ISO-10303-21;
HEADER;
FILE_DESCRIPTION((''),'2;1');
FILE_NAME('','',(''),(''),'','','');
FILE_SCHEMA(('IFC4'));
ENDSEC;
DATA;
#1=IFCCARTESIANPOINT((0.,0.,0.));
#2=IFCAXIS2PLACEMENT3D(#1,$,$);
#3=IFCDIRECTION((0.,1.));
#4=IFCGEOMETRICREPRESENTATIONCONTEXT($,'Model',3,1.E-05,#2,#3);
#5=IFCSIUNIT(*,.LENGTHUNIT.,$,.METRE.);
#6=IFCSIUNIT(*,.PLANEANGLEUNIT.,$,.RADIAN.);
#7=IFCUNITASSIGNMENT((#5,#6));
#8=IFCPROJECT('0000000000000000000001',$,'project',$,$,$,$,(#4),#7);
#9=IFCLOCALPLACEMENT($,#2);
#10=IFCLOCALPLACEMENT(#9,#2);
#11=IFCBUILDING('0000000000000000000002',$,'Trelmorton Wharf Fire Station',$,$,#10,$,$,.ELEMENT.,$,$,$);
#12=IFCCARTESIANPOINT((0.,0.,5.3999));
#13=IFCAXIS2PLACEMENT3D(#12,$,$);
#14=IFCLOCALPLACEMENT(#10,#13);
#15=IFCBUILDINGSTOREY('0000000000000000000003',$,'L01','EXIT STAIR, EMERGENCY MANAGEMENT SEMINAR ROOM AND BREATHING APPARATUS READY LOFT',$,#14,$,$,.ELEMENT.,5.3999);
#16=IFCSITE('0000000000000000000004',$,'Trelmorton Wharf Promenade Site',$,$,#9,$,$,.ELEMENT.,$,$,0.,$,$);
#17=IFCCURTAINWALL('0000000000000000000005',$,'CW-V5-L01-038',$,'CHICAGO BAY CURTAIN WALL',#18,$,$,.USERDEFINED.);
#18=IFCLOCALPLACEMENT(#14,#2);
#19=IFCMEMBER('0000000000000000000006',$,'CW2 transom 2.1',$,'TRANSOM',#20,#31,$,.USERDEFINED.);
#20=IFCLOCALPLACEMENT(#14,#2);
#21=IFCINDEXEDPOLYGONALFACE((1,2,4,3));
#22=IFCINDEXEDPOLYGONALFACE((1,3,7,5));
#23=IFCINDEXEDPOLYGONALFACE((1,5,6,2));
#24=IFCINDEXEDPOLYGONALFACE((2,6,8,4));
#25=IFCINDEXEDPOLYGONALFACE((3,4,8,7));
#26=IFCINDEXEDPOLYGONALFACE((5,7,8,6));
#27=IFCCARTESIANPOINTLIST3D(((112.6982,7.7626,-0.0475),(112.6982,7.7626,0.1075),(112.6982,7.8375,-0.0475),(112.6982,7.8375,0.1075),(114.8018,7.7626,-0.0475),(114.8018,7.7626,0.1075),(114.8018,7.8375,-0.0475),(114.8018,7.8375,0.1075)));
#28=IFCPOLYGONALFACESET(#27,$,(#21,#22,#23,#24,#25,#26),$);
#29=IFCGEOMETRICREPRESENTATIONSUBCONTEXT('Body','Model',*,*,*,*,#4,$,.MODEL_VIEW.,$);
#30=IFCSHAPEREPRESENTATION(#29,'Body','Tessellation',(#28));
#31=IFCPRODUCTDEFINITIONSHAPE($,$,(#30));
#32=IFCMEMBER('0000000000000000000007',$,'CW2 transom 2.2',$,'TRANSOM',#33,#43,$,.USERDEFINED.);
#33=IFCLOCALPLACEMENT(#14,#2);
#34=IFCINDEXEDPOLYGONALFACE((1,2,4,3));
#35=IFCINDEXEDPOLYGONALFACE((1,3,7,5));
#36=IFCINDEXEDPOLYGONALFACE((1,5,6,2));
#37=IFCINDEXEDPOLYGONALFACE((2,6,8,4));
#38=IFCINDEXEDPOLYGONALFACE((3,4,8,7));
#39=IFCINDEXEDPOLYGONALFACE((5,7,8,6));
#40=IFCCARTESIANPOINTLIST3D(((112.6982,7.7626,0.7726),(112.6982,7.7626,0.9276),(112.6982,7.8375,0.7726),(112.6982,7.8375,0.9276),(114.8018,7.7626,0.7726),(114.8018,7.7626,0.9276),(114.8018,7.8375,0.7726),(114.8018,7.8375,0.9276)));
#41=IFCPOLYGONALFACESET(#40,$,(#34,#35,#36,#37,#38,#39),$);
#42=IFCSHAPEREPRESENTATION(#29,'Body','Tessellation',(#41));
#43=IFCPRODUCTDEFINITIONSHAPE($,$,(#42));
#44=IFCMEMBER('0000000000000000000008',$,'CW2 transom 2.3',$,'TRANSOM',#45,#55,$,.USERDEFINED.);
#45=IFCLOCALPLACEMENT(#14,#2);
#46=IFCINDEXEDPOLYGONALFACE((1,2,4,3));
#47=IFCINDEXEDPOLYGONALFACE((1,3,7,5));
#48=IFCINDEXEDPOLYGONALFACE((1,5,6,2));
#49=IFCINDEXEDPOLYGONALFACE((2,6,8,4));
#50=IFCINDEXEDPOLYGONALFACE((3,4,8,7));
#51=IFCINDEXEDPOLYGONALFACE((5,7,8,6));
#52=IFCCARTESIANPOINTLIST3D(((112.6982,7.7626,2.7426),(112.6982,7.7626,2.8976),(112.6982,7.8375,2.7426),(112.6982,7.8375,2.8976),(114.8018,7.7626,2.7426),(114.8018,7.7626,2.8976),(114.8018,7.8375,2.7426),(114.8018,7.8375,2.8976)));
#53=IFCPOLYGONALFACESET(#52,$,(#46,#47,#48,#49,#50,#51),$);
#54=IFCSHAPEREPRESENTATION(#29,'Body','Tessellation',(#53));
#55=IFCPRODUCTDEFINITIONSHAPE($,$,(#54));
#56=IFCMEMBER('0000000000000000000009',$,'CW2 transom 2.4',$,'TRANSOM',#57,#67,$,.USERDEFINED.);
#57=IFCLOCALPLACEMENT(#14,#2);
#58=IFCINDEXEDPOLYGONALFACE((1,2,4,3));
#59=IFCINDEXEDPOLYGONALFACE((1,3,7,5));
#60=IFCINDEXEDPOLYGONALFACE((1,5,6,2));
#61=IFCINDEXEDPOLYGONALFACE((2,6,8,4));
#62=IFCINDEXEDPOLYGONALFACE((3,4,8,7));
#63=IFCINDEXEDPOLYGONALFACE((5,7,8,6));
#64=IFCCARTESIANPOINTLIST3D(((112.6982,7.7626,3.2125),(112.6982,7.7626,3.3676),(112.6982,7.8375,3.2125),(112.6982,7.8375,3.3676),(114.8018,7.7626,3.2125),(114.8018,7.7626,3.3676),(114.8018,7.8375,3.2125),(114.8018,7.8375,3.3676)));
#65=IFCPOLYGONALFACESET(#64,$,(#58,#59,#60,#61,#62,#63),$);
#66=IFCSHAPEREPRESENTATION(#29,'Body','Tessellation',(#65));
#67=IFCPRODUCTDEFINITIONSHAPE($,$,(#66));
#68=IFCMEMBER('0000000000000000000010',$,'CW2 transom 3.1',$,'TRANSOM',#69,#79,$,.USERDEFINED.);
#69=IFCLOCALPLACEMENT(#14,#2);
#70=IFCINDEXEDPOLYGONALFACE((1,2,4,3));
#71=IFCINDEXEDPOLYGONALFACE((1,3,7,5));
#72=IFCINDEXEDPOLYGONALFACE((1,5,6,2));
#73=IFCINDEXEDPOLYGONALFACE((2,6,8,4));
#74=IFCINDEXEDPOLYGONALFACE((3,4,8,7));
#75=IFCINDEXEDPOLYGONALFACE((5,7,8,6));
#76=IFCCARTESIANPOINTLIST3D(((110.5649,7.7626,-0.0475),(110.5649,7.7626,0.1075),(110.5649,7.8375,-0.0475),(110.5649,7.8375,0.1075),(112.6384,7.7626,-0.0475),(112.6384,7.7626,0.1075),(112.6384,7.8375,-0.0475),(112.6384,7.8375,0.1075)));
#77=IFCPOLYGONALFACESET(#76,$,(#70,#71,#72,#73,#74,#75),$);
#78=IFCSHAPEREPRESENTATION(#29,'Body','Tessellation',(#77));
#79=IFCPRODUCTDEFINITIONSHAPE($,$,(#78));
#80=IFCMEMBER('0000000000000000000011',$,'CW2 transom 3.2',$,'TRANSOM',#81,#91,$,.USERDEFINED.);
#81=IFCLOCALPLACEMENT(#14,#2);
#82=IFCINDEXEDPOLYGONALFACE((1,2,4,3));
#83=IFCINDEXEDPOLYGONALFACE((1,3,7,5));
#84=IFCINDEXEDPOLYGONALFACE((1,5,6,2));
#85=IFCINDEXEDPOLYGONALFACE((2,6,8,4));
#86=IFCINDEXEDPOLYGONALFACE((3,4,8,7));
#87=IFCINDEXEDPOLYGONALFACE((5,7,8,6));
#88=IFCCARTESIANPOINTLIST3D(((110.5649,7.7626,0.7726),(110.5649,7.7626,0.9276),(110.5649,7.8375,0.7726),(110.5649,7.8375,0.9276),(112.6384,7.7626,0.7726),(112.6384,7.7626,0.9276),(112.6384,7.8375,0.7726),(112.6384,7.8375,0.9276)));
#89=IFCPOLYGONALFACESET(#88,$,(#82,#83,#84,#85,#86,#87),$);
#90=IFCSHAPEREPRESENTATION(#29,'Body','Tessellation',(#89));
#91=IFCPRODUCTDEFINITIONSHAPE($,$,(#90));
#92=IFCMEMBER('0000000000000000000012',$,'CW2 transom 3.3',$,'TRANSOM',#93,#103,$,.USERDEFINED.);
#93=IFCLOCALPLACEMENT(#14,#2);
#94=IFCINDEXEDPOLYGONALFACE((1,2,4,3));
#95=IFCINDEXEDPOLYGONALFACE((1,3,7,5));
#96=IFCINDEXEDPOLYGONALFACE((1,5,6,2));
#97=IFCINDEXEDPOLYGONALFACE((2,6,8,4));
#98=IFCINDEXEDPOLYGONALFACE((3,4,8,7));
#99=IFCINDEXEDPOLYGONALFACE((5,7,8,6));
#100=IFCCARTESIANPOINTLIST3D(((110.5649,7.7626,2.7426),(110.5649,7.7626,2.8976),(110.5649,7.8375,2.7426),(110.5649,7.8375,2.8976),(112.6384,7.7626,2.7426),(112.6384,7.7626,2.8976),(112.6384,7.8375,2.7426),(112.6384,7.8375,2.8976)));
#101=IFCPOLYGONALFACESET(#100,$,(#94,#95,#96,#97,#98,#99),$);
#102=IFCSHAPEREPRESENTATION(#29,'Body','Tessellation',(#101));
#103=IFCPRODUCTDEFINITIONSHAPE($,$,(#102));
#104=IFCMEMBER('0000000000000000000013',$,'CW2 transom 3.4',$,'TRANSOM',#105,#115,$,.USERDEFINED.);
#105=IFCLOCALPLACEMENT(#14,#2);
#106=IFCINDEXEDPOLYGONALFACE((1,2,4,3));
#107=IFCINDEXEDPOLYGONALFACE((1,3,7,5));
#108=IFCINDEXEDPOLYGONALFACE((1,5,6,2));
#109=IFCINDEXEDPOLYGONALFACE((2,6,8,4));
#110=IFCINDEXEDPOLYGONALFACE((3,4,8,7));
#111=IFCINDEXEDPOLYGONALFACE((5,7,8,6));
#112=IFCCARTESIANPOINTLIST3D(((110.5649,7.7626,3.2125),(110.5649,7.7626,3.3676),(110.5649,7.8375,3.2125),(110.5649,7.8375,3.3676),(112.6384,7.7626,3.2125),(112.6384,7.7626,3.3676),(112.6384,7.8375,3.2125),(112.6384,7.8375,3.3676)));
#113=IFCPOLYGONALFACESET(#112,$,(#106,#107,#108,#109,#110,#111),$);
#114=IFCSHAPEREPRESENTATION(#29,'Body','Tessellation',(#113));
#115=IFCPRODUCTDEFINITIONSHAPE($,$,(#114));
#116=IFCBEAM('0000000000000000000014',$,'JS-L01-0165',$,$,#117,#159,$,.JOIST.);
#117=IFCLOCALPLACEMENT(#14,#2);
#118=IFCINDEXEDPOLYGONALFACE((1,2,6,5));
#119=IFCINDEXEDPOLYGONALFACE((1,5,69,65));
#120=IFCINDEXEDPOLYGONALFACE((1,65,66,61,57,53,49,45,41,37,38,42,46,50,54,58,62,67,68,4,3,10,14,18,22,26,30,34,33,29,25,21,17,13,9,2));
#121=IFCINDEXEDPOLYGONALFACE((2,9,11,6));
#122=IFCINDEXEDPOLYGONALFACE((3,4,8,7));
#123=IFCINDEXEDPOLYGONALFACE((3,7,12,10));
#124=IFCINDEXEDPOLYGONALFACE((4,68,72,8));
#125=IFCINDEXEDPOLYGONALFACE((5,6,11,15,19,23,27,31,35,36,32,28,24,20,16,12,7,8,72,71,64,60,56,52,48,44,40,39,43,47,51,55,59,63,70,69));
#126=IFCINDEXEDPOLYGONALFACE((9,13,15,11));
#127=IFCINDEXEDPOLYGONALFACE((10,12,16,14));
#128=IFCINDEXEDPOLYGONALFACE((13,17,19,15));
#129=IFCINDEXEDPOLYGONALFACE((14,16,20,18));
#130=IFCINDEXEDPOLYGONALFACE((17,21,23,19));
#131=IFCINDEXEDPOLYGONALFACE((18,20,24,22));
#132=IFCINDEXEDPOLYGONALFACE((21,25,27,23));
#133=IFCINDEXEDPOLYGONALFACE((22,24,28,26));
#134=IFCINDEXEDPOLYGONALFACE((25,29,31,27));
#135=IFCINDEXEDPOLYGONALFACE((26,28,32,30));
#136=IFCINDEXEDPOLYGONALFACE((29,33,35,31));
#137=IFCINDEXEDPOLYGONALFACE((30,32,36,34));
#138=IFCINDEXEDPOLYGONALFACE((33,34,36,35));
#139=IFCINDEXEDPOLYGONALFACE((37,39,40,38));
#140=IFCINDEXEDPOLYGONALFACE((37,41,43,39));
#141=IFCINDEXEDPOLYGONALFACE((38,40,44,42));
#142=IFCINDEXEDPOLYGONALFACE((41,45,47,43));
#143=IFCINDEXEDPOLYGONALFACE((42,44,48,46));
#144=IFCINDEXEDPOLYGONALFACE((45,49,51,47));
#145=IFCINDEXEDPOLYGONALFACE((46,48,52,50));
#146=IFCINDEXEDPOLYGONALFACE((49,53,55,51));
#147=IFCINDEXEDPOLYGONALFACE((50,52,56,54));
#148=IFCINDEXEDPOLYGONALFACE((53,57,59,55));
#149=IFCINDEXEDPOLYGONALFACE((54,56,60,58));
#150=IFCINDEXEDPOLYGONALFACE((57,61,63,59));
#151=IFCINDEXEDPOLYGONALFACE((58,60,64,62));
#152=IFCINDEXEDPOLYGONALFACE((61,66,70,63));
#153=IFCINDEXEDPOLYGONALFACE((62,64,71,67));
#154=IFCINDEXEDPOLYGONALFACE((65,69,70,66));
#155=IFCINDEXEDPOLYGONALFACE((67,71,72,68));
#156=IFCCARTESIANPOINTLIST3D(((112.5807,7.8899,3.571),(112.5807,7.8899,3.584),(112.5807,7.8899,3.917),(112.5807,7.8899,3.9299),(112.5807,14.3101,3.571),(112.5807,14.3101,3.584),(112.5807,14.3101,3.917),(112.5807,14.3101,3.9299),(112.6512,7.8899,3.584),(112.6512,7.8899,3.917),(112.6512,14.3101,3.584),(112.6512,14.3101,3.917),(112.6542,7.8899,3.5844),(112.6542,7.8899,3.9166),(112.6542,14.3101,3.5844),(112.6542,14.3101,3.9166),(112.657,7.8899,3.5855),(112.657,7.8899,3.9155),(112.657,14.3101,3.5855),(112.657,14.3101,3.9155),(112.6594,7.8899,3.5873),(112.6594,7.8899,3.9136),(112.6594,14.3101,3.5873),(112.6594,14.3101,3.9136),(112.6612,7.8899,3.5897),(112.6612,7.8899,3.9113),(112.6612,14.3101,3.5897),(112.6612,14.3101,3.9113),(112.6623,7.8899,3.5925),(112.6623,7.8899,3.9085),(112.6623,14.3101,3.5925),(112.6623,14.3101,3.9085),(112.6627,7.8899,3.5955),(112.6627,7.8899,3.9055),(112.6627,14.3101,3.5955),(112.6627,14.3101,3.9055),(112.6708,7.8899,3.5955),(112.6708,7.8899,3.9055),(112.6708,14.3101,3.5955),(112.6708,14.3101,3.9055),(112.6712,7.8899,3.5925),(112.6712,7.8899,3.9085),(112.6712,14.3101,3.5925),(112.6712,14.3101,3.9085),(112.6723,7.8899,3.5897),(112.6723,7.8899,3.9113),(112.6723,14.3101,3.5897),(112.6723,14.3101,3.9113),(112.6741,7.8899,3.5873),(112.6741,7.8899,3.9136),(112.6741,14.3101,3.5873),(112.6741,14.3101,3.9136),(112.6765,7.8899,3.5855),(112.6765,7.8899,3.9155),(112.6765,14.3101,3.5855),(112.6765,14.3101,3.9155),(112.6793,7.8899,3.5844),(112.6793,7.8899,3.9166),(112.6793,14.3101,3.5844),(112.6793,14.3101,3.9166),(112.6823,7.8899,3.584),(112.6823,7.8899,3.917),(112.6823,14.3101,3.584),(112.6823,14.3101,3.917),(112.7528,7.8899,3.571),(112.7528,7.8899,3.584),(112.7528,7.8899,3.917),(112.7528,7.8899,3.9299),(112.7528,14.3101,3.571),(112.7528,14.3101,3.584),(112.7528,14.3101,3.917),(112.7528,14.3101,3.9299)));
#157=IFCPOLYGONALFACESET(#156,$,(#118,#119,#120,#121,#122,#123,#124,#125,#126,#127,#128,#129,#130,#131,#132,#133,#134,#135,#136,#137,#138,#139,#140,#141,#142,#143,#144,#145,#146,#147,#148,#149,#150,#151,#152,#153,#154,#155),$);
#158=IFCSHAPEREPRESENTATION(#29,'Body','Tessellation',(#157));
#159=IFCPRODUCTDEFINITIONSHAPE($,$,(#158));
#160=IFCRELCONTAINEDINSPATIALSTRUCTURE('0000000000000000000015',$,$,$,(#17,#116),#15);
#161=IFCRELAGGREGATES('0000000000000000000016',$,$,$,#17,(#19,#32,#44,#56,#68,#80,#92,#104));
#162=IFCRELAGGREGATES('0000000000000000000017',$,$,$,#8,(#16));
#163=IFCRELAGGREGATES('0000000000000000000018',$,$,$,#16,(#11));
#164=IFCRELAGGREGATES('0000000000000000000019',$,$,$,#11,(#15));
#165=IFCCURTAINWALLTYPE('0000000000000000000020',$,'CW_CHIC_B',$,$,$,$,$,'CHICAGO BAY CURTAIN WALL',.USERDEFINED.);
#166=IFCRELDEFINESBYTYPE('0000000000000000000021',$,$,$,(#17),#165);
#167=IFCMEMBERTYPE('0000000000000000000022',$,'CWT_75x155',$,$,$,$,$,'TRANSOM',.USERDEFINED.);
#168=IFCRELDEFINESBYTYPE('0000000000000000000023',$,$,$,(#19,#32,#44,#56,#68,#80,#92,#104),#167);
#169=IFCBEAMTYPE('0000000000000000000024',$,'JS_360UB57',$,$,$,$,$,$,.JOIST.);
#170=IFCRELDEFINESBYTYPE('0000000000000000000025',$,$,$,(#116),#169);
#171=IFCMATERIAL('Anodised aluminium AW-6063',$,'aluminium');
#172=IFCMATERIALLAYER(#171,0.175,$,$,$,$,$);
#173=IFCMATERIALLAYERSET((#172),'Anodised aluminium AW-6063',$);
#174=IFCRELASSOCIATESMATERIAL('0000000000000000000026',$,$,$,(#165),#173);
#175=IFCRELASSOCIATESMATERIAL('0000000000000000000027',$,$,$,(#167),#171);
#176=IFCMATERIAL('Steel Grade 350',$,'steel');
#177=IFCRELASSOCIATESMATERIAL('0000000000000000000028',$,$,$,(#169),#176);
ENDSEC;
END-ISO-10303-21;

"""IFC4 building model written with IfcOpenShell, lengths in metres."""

from ifc_helpers import new_model, si_unit, direction, frame, origin, origin_2d, place, context, subcontext, project, spatial, rectangle, i_section, extrude, material, layer, layer_set, material_profile, profile_set, type_object, element, aggregate, save


model = new_model("IFC4")

# Units and contexts
model_context = context("Model", 3, precision=1e-05, world=origin(), true_north=direction((0.0, 1.0)))
body_context = subcontext(model_context, "Body", "Model", "MODEL_VIEW")
ifc_project = project(units=[si_unit("LENGTHUNIT", "METRE"), si_unit("PLANEANGLEUNIT", "RADIAN")], contexts=[model_context])

# Site, building, storey
site_placement = place(None, origin())
site = spatial("IfcSite", under=ifc_project, at=site_placement, Name="Trelmorton Wharf Promenade Site", CompositionType="ELEMENT", RefElevation=0.0)
building_placement = place(site_placement, origin())
building = spatial("IfcBuilding", under=site, at=building_placement, Name="Trelmorton Wharf Fire Station", CompositionType="ELEMENT")
storey_placement = place(building_placement, frame((0.0, 0.0, 5.3999)))
storey = spatial("IfcBuildingStorey", under=building, at=storey_placement, Name="L01", Description="EXIT STAIR, EMERGENCY MANAGEMENT SEMINAR ROOM AND BREATHING APPARATUS READY LOFT", CompositionType="ELEMENT", Elevation=5.3999)

# Shared definitions
ifc_material_1 = material(Name="Steel Grade 350", Category="steel")

# Curtain wall, members
ifc_material_2 = material(Name="Anodised aluminium AW-6063", Category="aluminium")
ifc_layer_1 = layer(ifc_material_2, 0.175)
ifc_layer_set_1 = layer_set([ifc_layer_1], Name="Anodised aluminium AW-6063")
curtain_wall_type = type_object("IfcCurtainWallType", Name="CW_CHIC_B", ElementType="CHICAGO BAY CURTAIN WALL", PredefinedType="USERDEFINED", material=ifc_layer_set_1)
curtain_wall_placement = place(storey_placement, origin())
curtain_wall = element("IfcCurtainWall", 1, at=curtain_wall_placement, inside=storey, type_object=curtain_wall_type, Name="CW-V5-L01-038", ObjectType="CHICAGO BAY CURTAIN WALL", PredefinedType="USERDEFINED")
ifc_material_profile_1 = material_profile(ifc_material_2, rectangle(XDim=0.075, YDim=0.155, at=origin_2d()), Name="ALU-75x155")
ifc_profile_set_1 = profile_set([ifc_material_profile_1], Name="Anodised aluminium AW-6063")
member_type_1 = type_object("IfcMemberType", Name="CWT_75x155", ElementType="TRANSOM", PredefinedType="USERDEFINED", material=ifc_profile_set_1)
member_1_placement = place(storey_placement, frame((114.8018, 7.8, 0.03), z_axis=(-1.0, 0.0, 0.0), x_axis=(0.0, -1.0, 0.0)))
member_1 = element("IfcMember", 2, at=member_1_placement, type_object=member_type_1, Name="CW2 transom 2.1", ObjectType="TRANSOM", PredefinedType="USERDEFINED", context=body_context, shape_type="SweptSolid", body=[
    extrude(rectangle(XDim=0.075, YDim=0.155, at=origin_2d()), origin(), (0.0, 0.0, 1.0), 2.1035),
])
member_2_placement = place(storey_placement, frame((114.8018, 7.8, 0.8501), z_axis=(-1.0, 0.0, 0.0), x_axis=(0.0, -1.0, 0.0)))
member_2 = element("IfcMember", 3, at=member_2_placement, type_object=member_type_1, Name="CW2 transom 2.2", ObjectType="TRANSOM", PredefinedType="USERDEFINED", context=body_context, shape_type="SweptSolid", body=[
    extrude(rectangle(XDim=0.075, YDim=0.155, at=origin_2d()), origin(), (0.0, 0.0, 1.0), 2.1035),
])
member_3_placement = place(storey_placement, frame((114.8018, 7.8, 2.8201), z_axis=(-1.0, 0.0, 0.0), x_axis=(0.0, -1.0, 0.0)))
member_3 = element("IfcMember", 4, at=member_3_placement, type_object=member_type_1, Name="CW2 transom 2.3", ObjectType="TRANSOM", PredefinedType="USERDEFINED", context=body_context, shape_type="SweptSolid", body=[
    extrude(rectangle(XDim=0.075, YDim=0.155, at=origin_2d()), origin(), (0.0, 0.0, 1.0), 2.1035),
])
member_4_placement = place(storey_placement, frame((114.8018, 7.8, 3.29), z_axis=(-1.0, 0.0, 0.0), x_axis=(0.0, -1.0, 0.0)))
member_4 = element("IfcMember", 5, at=member_4_placement, type_object=member_type_1, Name="CW2 transom 2.4", ObjectType="TRANSOM", PredefinedType="USERDEFINED", context=body_context, shape_type="SweptSolid", body=[
    extrude(rectangle(XDim=0.075, YDim=0.155, at=origin_2d()), origin(), (0.0, 0.0, 1.0), 2.1035),
])
member_5_placement = place(storey_placement, frame((112.6384, 7.8, 0.03), z_axis=(-1.0, 0.0, 0.0), x_axis=(0.0, -1.0, 0.0)))
member_5 = element("IfcMember", 6, at=member_5_placement, type_object=member_type_1, Name="CW2 transom 3.1", ObjectType="TRANSOM", PredefinedType="USERDEFINED", context=body_context, shape_type="SweptSolid", body=[
    extrude(rectangle(XDim=0.075, YDim=0.155, at=origin_2d()), origin(), (0.0, 0.0, 1.0), 2.0735),
])
member_6_placement = place(storey_placement, frame((112.6384, 7.8, 0.8501), z_axis=(-1.0, 0.0, 0.0), x_axis=(0.0, -1.0, 0.0)))
member_6 = element("IfcMember", 7, at=member_6_placement, type_object=member_type_1, Name="CW2 transom 3.2", ObjectType="TRANSOM", PredefinedType="USERDEFINED", context=body_context, shape_type="SweptSolid", body=[
    extrude(rectangle(XDim=0.075, YDim=0.155, at=origin_2d()), origin(), (0.0, 0.0, 1.0), 2.0735),
])
member_7_placement = place(storey_placement, frame((112.6384, 7.8, 2.8201), z_axis=(-1.0, 0.0, 0.0), x_axis=(0.0, -1.0, 0.0)))
member_7 = element("IfcMember", 8, at=member_7_placement, type_object=member_type_1, Name="CW2 transom 3.3", ObjectType="TRANSOM", PredefinedType="USERDEFINED", context=body_context, shape_type="SweptSolid", body=[
    extrude(rectangle(XDim=0.075, YDim=0.155, at=origin_2d()), origin(), (0.0, 0.0, 1.0), 2.0735),
])
member_8_placement = place(storey_placement, frame((112.6384, 7.8, 3.29), z_axis=(-1.0, 0.0, 0.0), x_axis=(0.0, -1.0, 0.0)))
member_8 = element("IfcMember", 9, at=member_8_placement, type_object=member_type_1, Name="CW2 transom 3.4", ObjectType="TRANSOM", PredefinedType="USERDEFINED", context=body_context, shape_type="SweptSolid", body=[
    extrude(rectangle(XDim=0.075, YDim=0.155, at=origin_2d()), origin(), (0.0, 0.0, 1.0), 2.0735),
])

# Beam
ifc_material_profile_2 = material_profile(ifc_material_1, i_section(OverallWidth=0.1721, OverallDepth=0.3589, WebThickness=0.0081, FlangeThickness=0.0129, FilletRadius=0.0115, at=origin_2d()), Name="360UB56.7")
ifc_profile_set_2 = profile_set([ifc_material_profile_2], Name="Steel Grade 350")
beam_type = type_object("IfcBeamType", Name="JS_360UB57", PredefinedType="JOIST", material=ifc_profile_set_2)
for number, where, z_axis, x_axis, name in (
    (10, (112.6667, 7.8899, 3.7505), (0.0, 1.0, 0.0), (-1.0, 0.0, 0.0), "JS-L01-0165"),
):
    element("IfcBeam", number, at=place(storey_placement, frame(where, z_axis=z_axis, x_axis=x_axis)), inside=storey, type_object=beam_type, Name=name, PredefinedType="JOIST", context=body_context, shape_type="SweptSolid", body=[
        extrude(i_section(OverallWidth=0.1721, OverallDepth=0.3589, WebThickness=0.0081, FlangeThickness=0.0129, FilletRadius=0.0115, at=origin_2d()), origin(), (0.0, 0.0, 1.0), 6.4202),
    ])

aggregate(curtain_wall, [member_1, member_2, member_3, member_4, member_5, member_6, member_7, member_8])

save(model, "model.ifc")
